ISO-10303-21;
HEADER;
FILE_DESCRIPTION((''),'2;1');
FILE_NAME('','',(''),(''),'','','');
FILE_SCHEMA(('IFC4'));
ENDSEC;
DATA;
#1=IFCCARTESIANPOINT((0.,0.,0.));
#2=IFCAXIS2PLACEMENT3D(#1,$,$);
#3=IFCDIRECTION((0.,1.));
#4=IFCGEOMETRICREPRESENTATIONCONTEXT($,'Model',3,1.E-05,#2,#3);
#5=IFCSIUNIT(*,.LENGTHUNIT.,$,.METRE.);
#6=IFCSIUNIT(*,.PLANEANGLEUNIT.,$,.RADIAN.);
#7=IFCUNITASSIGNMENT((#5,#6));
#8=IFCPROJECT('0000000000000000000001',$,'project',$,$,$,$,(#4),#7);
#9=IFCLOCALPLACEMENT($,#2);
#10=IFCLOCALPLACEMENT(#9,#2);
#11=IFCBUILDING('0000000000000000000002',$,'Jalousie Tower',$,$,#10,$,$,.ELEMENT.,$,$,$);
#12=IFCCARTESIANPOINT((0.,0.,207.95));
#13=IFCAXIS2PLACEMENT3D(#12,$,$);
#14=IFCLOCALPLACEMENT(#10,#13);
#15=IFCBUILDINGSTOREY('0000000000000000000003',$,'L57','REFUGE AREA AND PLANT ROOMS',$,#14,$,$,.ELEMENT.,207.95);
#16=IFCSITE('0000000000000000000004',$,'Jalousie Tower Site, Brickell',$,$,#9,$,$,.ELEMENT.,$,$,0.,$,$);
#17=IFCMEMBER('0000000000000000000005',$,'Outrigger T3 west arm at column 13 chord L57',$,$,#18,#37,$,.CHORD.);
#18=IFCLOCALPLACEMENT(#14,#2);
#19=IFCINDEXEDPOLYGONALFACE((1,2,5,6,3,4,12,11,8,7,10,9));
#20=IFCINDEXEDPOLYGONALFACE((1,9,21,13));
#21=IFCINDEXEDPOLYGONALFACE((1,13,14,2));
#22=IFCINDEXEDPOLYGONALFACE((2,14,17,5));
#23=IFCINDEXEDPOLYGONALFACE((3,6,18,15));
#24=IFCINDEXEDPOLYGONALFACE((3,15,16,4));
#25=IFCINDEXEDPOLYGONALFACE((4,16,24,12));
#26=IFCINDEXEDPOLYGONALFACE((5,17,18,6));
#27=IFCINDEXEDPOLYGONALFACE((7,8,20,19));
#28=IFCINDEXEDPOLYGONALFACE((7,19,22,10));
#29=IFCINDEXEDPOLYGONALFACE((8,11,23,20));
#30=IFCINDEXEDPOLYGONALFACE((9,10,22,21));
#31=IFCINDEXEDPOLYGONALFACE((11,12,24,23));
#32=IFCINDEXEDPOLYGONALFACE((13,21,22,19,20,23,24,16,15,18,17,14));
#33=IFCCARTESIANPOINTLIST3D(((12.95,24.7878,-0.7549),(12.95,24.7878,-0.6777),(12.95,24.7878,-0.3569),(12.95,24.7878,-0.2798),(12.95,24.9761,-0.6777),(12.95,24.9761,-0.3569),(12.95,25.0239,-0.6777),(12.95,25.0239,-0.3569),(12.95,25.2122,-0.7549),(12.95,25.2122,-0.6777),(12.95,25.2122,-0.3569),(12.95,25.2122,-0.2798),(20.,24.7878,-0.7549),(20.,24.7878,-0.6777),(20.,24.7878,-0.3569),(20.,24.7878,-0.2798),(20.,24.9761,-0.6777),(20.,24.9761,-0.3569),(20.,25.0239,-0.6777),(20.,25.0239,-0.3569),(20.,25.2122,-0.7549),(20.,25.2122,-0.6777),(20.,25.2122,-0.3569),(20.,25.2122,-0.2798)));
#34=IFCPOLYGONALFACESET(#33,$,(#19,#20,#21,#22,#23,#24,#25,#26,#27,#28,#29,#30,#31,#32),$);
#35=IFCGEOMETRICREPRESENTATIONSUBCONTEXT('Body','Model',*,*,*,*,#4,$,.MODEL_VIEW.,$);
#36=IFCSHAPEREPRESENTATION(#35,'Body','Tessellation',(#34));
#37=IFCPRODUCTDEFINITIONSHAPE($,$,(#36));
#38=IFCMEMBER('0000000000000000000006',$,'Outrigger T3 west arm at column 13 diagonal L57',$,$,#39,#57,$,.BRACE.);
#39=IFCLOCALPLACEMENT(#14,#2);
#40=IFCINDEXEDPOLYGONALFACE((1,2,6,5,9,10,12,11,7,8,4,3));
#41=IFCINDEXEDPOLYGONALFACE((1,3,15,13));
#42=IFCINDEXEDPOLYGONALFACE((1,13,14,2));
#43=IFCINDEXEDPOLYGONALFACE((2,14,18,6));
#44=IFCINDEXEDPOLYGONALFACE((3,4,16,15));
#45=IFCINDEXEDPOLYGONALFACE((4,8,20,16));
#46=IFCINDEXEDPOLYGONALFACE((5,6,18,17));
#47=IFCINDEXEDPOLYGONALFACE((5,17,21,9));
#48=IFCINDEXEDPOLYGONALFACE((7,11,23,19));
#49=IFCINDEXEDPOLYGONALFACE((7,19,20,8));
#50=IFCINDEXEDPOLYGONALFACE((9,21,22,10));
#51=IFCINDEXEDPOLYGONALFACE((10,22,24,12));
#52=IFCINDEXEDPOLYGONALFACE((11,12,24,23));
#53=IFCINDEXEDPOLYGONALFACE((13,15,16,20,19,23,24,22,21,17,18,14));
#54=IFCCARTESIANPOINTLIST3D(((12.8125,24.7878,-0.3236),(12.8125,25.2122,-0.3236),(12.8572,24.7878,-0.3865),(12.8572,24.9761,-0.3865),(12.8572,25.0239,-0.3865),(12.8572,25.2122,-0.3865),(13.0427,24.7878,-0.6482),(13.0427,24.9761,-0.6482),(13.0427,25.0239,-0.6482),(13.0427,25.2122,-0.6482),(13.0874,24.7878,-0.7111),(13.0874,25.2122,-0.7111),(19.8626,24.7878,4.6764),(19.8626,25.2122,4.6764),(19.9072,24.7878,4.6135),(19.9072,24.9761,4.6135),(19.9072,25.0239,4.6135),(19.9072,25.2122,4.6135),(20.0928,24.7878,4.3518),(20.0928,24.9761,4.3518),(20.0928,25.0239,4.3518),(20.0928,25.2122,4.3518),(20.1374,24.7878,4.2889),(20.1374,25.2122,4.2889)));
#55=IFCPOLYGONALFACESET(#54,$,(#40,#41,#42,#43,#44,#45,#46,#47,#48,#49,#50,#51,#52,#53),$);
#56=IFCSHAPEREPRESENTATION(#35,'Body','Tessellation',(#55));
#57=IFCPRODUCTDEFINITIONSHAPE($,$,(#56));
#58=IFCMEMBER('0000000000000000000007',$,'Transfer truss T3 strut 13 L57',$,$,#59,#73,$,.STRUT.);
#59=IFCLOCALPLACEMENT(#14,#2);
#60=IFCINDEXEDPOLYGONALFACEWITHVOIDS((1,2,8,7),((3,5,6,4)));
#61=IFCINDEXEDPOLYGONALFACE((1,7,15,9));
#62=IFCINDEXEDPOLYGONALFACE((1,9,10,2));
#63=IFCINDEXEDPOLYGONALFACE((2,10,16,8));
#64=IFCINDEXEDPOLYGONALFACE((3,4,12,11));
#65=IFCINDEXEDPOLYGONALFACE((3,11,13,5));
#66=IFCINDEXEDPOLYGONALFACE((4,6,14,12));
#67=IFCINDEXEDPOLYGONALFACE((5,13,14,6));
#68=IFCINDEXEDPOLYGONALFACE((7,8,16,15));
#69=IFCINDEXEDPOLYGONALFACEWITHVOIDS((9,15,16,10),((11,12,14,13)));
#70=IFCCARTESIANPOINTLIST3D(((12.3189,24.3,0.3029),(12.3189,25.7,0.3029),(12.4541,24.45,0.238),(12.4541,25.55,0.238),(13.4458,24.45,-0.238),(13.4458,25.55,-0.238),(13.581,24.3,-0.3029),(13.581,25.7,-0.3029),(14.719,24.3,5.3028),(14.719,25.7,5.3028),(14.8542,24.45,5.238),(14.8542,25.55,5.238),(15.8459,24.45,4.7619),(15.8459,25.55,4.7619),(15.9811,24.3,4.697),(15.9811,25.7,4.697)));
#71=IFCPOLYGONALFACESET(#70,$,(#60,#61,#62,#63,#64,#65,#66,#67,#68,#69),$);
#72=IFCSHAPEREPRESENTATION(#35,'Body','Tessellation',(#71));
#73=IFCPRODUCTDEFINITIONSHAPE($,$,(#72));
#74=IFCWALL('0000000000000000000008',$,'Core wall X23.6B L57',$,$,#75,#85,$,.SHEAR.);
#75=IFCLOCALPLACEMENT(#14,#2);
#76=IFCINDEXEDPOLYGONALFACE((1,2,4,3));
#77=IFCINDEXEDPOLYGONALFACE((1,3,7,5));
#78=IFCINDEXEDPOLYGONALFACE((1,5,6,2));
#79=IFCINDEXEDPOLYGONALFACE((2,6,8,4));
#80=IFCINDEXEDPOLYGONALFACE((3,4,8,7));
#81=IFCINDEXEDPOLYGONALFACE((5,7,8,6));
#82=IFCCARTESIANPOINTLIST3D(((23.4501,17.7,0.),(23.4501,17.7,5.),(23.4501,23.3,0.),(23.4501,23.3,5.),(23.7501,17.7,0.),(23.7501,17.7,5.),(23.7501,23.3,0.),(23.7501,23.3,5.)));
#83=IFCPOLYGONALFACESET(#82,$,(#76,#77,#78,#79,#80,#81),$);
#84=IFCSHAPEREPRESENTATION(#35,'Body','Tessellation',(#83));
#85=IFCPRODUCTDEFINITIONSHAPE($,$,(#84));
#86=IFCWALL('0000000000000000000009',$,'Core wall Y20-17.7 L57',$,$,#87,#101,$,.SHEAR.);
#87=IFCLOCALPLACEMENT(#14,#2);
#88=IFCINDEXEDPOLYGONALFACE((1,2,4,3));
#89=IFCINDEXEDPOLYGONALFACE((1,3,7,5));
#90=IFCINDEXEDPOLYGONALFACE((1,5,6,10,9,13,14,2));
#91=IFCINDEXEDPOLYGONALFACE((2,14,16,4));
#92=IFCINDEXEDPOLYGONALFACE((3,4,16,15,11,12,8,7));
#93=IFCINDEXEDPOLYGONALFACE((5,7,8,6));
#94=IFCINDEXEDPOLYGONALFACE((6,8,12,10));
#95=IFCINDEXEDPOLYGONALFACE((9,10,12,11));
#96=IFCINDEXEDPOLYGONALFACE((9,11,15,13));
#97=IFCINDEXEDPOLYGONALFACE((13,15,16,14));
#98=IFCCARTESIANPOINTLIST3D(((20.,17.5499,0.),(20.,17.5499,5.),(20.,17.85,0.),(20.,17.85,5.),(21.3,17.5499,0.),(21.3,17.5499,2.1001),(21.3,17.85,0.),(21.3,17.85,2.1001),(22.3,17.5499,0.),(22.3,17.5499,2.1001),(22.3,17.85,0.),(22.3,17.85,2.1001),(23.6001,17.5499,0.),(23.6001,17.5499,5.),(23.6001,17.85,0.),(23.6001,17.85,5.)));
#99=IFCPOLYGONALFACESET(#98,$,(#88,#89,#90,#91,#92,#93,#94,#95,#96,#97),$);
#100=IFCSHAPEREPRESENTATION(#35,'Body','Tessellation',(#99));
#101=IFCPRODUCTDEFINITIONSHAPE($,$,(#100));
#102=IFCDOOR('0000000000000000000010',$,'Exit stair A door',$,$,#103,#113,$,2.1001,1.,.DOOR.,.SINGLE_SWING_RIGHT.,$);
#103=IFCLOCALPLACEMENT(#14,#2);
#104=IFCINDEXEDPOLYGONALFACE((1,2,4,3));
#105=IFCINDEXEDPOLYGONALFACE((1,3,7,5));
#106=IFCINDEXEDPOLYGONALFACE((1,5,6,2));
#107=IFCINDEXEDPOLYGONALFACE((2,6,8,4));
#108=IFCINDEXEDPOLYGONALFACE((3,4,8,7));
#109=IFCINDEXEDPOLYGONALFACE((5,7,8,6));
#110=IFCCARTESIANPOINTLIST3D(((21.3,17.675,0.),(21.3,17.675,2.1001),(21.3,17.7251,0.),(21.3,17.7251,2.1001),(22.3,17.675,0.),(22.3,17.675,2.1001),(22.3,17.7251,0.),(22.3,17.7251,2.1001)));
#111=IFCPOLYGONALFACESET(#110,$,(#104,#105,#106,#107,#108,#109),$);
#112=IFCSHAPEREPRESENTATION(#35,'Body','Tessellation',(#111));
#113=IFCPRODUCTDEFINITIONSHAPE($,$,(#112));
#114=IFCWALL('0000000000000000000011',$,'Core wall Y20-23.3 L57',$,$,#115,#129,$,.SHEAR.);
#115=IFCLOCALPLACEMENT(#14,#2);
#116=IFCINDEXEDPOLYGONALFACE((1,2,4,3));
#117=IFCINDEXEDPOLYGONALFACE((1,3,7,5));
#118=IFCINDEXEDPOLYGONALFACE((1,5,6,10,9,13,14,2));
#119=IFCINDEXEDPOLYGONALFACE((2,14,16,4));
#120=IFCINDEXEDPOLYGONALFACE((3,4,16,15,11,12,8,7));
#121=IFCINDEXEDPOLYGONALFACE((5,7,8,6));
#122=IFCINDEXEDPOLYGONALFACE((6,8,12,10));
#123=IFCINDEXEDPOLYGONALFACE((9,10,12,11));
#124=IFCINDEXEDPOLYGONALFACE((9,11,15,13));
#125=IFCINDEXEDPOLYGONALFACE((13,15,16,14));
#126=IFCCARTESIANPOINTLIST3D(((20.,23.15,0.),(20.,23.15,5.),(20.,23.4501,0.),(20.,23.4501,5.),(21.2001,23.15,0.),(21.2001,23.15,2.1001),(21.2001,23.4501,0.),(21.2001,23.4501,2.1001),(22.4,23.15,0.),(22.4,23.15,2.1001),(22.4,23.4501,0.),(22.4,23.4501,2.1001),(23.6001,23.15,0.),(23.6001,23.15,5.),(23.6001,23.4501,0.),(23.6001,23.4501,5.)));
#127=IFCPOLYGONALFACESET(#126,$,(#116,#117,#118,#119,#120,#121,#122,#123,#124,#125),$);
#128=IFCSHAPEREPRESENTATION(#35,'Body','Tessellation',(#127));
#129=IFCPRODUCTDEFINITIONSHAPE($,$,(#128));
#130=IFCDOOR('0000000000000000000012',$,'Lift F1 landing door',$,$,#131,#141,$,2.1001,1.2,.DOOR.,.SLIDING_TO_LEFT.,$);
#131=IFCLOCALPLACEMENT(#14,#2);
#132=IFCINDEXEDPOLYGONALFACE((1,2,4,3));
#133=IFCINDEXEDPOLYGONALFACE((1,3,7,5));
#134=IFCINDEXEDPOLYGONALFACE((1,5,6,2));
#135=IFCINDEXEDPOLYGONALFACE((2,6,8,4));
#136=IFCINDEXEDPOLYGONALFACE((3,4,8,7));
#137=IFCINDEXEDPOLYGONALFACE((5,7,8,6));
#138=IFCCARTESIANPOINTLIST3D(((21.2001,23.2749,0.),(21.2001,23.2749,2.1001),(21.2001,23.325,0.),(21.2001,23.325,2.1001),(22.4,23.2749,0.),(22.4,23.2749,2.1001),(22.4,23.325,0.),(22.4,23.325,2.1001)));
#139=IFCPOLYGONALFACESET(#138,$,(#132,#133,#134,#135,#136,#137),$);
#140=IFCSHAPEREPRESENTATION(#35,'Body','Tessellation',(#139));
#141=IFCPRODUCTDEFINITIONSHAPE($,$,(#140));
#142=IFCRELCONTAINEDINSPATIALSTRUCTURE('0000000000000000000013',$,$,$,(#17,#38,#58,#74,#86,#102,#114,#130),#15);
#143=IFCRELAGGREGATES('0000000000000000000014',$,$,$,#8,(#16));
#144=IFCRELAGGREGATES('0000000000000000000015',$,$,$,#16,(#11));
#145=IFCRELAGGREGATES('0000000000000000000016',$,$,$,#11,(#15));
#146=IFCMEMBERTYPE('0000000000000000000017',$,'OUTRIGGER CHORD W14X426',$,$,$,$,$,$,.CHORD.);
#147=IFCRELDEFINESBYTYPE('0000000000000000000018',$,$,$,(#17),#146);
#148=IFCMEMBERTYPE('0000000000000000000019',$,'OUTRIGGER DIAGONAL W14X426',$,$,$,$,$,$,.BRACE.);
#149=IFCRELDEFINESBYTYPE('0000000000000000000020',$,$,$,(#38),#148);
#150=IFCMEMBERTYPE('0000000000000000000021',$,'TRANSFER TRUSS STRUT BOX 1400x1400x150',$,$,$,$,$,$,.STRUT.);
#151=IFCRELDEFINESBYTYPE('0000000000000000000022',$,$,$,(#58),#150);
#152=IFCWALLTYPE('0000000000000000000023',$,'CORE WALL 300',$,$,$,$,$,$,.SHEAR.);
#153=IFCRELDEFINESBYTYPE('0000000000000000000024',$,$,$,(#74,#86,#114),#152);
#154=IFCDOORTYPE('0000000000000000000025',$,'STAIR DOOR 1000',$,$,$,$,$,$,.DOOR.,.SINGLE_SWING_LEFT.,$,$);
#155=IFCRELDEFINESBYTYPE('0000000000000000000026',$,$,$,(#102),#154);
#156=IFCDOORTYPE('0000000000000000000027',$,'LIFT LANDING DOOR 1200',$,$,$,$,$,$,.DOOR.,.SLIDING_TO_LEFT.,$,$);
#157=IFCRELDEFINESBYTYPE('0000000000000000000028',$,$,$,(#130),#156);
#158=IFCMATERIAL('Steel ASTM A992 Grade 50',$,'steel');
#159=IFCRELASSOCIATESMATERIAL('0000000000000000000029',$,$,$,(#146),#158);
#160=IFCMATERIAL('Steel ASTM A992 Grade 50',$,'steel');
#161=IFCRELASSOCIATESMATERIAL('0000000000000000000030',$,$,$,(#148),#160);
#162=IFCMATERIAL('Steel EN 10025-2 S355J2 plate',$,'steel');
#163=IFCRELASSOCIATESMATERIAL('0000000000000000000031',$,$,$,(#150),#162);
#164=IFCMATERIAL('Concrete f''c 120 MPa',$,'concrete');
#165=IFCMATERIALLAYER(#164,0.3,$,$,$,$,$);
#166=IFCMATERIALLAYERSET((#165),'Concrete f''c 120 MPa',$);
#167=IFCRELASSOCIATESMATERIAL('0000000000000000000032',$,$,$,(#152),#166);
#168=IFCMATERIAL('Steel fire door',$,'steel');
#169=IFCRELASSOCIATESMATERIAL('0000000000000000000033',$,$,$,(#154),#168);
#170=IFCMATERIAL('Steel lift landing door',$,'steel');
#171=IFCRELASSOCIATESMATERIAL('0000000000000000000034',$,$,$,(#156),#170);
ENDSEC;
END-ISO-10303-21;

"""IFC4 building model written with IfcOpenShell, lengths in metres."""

from ifc_helpers import new_model, si_unit, direction, frame, frame_2d, origin, origin_2d, place, context, subcontext, project, spatial, rectangle, hollow_rectangle, i_section, extrude, material, layer, layer_set, material_profile, profile_set, type_object, element, fill, save


model = new_model("IFC4")

# Units and contexts
model_context = context("Model", 3, precision=1e-05, world=origin(), true_north=direction((0.0, 1.0)))
body_context = subcontext(model_context, "Body", "Model", "MODEL_VIEW")
ifc_project = project(units=[si_unit("LENGTHUNIT", "METRE"), si_unit("PLANEANGLEUNIT", "RADIAN")], contexts=[model_context])

# Site, building, storey
site_placement = place(None, origin())
site = spatial("IfcSite", under=ifc_project, at=site_placement, Name="Jalousie Tower Site, Brickell", CompositionType="ELEMENT", RefElevation=0.0)
building_placement = place(site_placement, origin())
building = spatial("IfcBuilding", under=site, at=building_placement, Name="Jalousie Tower", CompositionType="ELEMENT")
storey_placement = place(building_placement, frame((0.0, 0.0, 207.95)))
storey = spatial("IfcBuildingStorey", under=building, at=storey_placement, Name="L57", Description="REFUGE AREA AND PLANT ROOMS", CompositionType="ELEMENT", Elevation=207.95)

# Members
ifc_material_1 = material(Name="Steel ASTM A992 Grade 50", Category="steel")
ifc_material_profile_1 = material_profile(ifc_material_1, i_section(OverallWidth=0.4243, OverallDepth=0.4751, WebThickness=0.0479, FlangeThickness=0.0771, at=origin_2d()), Name="W14X426")
ifc_profile_set_1 = profile_set([ifc_material_profile_1], Name="Steel ASTM A992 Grade 50")
member_type_1 = type_object("IfcMemberType", Name="OUTRIGGER CHORD W14X426", PredefinedType="CHORD", material=ifc_profile_set_1)
member_1_placement = place(storey_placement, frame((12.95, 25.0, -0.5173), z_axis=(1.0, 0.0, 0.0), x_axis=(0.0, 1.0, 0.0)))
element("IfcMember", 1, at=member_1_placement, inside=storey, type_object=member_type_1, Name="Outrigger T3 west arm at column 13 chord L57", PredefinedType="CHORD", context=body_context, shape_type="SweptSolid", body=[
    extrude(i_section(OverallWidth=0.4243, OverallDepth=0.4751, WebThickness=0.0479, FlangeThickness=0.0771, at=origin_2d()), origin(), (0.0, 0.0, 1.0), 7.05),
])
ifc_material_2 = material(Name="Steel ASTM A992 Grade 50", Category="steel")
ifc_material_profile_2 = material_profile(ifc_material_2, i_section(OverallWidth=0.4243, OverallDepth=0.4751, WebThickness=0.0479, FlangeThickness=0.0771, at=origin_2d()), Name="W14X426")
ifc_profile_set_2 = profile_set([ifc_material_profile_2], Name="Steel ASTM A992 Grade 50")
member_type_2 = type_object("IfcMemberType", Name="OUTRIGGER DIAGONAL W14X426", PredefinedType="BRACE", material=ifc_profile_set_2)
member_2_placement = place(storey_placement, frame((12.95, 25.0, -0.5173), z_axis=(0.815685, 0.0, 0.578496), x_axis=(0.0, 1.0, 0.0)))
element("IfcMember", 2, at=member_2_placement, inside=storey, type_object=member_type_2, Name="Outrigger T3 west arm at column 13 diagonal L57", PredefinedType="BRACE", context=body_context, shape_type="SweptSolid", body=[
    extrude(i_section(OverallWidth=0.4243, OverallDepth=0.4751, WebThickness=0.0479, FlangeThickness=0.0771, at=origin_2d()), origin(), (0.0, 0.0, 1.0), 8.6431),
])
ifc_material_3 = material(Name="Steel EN 10025-2 S355J2 plate", Category="steel")
ifc_material_profile_3 = material_profile(ifc_material_3, hollow_rectangle(XDim=1.3999, YDim=1.3999, WallThickness=0.1499, at=origin_2d()), Name="BOX 1400x1400x150")
ifc_profile_set_3 = profile_set([ifc_material_profile_3], Name="Steel EN 10025-2 S355J2 plate")
member_type_3 = type_object("IfcMemberType", Name="TRANSFER TRUSS STRUT BOX 1400x1400x150", PredefinedType="STRUT", material=ifc_profile_set_3)
member_3_placement = place(storey_placement, frame((12.95, 25.0, 0.0), z_axis=(0.432753, 0.0, 0.901513), x_axis=(0.0, 1.0, 0.0)))
element("IfcMember", 3, at=member_3_placement, inside=storey, type_object=member_type_3, Name="Transfer truss T3 strut 13 L57", PredefinedType="STRUT", context=body_context, shape_type="SweptSolid", body=[
    extrude(hollow_rectangle(XDim=1.3999, YDim=1.3999, WallThickness=0.1499, at=origin_2d()), origin(), (0.0, 0.0, 1.0), 5.5461),
])

# Wall
ifc_material_4 = material(Name="Concrete f'c 120 MPa", Category="concrete")
ifc_layer_1 = layer(ifc_material_4, 0.3)
ifc_layer_set_1 = layer_set([ifc_layer_1], Name="Concrete f'c 120 MPa")
wall_type_1 = type_object("IfcWallType", Name="CORE WALL 300", PredefinedType="SHEAR", material=ifc_layer_set_1)
wall_1_placement = place(storey_placement, frame((23.6001, 17.7, 0.0), z_axis=(0.0, 0.0, 1.0), x_axis=(0.0, 1.0, 0.0)))
element("IfcWall", 4, at=wall_1_placement, inside=storey, type_object=wall_type_1, Name="Core wall X23.6B L57", PredefinedType="SHEAR", context=body_context, shape_type="SweptSolid", body=[
    extrude(rectangle(XDim=5.6001, YDim=0.3, at=frame_2d((2.8, 0.0))), origin(), (0.0, 0.0, 1.0), 5.0),
])

# Walls, openings, doors
wall_2_placement = place(storey_placement, frame((20.0, 17.7, 0.0), z_axis=(0.0, 0.0, 1.0), x_axis=(1.0, 0.0, 0.0)))
wall_2 = element("IfcWall", 5, at=wall_2_placement, inside=storey, type_object=wall_type_1, Name="Core wall Y20-17.7 L57", PredefinedType="SHEAR", context=body_context, shape_type="SweptSolid", body=[
    extrude(rectangle(XDim=3.6001, YDim=0.3, at=frame_2d((1.8, 0.0))), origin(), (0.0, 0.0, 1.0), 5.0),
])
opening_1_placement = place(wall_2_placement, frame((1.3, 0.0, 0.0)))
opening_1 = element("IfcOpeningElement", 6, at=opening_1_placement, cuts=wall_2, PredefinedType="OPENING", context=body_context, shape_type="SweptSolid", body=[
    extrude(rectangle(XDim=1.0, YDim=2.1001, at=frame_2d((0.5, 1.05))), frame((0.0, 0.1599, 0.0), z_axis=(0.0, -1.0, 0.0), x_axis=(1.0, 0.0, 0.0)), (0.0, 0.0, 1.0), 0.3201),
])
ifc_material_5 = material(Name="Steel fire door", Category="steel")
door_type_1 = type_object("IfcDoorType", Name="STAIR DOOR 1000", OperationType="SINGLE_SWING_LEFT", PredefinedType="DOOR", material=ifc_material_5)
door_1_placement = place(opening_1_placement, frame((1.0, 0.0, 0.0), z_axis=(0.0, 0.0, 1.0), x_axis=(-1.0, 0.0, 0.0)))
door_1 = element("IfcDoor", 7, at=door_1_placement, inside=storey, type_object=door_type_1, Name="Exit stair A door", OperationType="SINGLE_SWING_RIGHT", OverallHeight=2.1001, OverallWidth=1.0, PredefinedType="DOOR", context=body_context, shape_type="SweptSolid", body=[
    extrude(rectangle(XDim=1.0, YDim=2.1001, at=frame_2d((0.5, 1.05))), frame((0.0, 0.0249, 0.0), z_axis=(0.0, -1.0, 0.0), x_axis=(1.0, 0.0, 0.0)), (0.0, 0.0, 1.0), 0.05),
])
fill(opening_1, door_1)
wall_3_placement = place(storey_placement, frame((20.0, 23.3, 0.0), z_axis=(0.0, 0.0, 1.0), x_axis=(1.0, 0.0, 0.0)))
wall_3 = element("IfcWall", 8, at=wall_3_placement, inside=storey, type_object=wall_type_1, Name="Core wall Y20-23.3 L57", PredefinedType="SHEAR", context=body_context, shape_type="SweptSolid", body=[
    extrude(rectangle(XDim=3.6001, YDim=0.3, at=frame_2d((1.8, 0.0))), origin(), (0.0, 0.0, 1.0), 5.0),
])
opening_2_placement = place(wall_3_placement, frame((1.2, 0.0, 0.0)))
opening_2 = element("IfcOpeningElement", 9, at=opening_2_placement, cuts=wall_3, PredefinedType="OPENING", context=body_context, shape_type="SweptSolid", body=[
    extrude(rectangle(XDim=1.2, YDim=2.1001, at=frame_2d((0.6001, 1.05))), frame((0.0, 0.1599, 0.0), z_axis=(0.0, -1.0, 0.0), x_axis=(1.0, 0.0, 0.0)), (0.0, 0.0, 1.0), 0.3201),
])
ifc_material_6 = material(Name="Steel lift landing door", Category="steel")
door_type_2 = type_object("IfcDoorType", Name="LIFT LANDING DOOR 1200", OperationType="SLIDING_TO_LEFT", PredefinedType="DOOR", material=ifc_material_6)
door_2_placement = place(opening_2_placement, origin())
door_2 = element("IfcDoor", 10, at=door_2_placement, inside=storey, type_object=door_type_2, Name="Lift F1 landing door", OperationType="SLIDING_TO_LEFT", OverallHeight=2.1001, OverallWidth=1.2, PredefinedType="DOOR", context=body_context, shape_type="SweptSolid", body=[
    extrude(rectangle(XDim=1.2, YDim=2.1001, at=frame_2d((0.6001, 1.05))), frame((0.0, 0.0249, 0.0), z_axis=(0.0, -1.0, 0.0), x_axis=(1.0, 0.0, 0.0)), (0.0, 0.0, 1.0), 0.05),
])
fill(opening_2, door_2)

save(model, "model.ifc")
